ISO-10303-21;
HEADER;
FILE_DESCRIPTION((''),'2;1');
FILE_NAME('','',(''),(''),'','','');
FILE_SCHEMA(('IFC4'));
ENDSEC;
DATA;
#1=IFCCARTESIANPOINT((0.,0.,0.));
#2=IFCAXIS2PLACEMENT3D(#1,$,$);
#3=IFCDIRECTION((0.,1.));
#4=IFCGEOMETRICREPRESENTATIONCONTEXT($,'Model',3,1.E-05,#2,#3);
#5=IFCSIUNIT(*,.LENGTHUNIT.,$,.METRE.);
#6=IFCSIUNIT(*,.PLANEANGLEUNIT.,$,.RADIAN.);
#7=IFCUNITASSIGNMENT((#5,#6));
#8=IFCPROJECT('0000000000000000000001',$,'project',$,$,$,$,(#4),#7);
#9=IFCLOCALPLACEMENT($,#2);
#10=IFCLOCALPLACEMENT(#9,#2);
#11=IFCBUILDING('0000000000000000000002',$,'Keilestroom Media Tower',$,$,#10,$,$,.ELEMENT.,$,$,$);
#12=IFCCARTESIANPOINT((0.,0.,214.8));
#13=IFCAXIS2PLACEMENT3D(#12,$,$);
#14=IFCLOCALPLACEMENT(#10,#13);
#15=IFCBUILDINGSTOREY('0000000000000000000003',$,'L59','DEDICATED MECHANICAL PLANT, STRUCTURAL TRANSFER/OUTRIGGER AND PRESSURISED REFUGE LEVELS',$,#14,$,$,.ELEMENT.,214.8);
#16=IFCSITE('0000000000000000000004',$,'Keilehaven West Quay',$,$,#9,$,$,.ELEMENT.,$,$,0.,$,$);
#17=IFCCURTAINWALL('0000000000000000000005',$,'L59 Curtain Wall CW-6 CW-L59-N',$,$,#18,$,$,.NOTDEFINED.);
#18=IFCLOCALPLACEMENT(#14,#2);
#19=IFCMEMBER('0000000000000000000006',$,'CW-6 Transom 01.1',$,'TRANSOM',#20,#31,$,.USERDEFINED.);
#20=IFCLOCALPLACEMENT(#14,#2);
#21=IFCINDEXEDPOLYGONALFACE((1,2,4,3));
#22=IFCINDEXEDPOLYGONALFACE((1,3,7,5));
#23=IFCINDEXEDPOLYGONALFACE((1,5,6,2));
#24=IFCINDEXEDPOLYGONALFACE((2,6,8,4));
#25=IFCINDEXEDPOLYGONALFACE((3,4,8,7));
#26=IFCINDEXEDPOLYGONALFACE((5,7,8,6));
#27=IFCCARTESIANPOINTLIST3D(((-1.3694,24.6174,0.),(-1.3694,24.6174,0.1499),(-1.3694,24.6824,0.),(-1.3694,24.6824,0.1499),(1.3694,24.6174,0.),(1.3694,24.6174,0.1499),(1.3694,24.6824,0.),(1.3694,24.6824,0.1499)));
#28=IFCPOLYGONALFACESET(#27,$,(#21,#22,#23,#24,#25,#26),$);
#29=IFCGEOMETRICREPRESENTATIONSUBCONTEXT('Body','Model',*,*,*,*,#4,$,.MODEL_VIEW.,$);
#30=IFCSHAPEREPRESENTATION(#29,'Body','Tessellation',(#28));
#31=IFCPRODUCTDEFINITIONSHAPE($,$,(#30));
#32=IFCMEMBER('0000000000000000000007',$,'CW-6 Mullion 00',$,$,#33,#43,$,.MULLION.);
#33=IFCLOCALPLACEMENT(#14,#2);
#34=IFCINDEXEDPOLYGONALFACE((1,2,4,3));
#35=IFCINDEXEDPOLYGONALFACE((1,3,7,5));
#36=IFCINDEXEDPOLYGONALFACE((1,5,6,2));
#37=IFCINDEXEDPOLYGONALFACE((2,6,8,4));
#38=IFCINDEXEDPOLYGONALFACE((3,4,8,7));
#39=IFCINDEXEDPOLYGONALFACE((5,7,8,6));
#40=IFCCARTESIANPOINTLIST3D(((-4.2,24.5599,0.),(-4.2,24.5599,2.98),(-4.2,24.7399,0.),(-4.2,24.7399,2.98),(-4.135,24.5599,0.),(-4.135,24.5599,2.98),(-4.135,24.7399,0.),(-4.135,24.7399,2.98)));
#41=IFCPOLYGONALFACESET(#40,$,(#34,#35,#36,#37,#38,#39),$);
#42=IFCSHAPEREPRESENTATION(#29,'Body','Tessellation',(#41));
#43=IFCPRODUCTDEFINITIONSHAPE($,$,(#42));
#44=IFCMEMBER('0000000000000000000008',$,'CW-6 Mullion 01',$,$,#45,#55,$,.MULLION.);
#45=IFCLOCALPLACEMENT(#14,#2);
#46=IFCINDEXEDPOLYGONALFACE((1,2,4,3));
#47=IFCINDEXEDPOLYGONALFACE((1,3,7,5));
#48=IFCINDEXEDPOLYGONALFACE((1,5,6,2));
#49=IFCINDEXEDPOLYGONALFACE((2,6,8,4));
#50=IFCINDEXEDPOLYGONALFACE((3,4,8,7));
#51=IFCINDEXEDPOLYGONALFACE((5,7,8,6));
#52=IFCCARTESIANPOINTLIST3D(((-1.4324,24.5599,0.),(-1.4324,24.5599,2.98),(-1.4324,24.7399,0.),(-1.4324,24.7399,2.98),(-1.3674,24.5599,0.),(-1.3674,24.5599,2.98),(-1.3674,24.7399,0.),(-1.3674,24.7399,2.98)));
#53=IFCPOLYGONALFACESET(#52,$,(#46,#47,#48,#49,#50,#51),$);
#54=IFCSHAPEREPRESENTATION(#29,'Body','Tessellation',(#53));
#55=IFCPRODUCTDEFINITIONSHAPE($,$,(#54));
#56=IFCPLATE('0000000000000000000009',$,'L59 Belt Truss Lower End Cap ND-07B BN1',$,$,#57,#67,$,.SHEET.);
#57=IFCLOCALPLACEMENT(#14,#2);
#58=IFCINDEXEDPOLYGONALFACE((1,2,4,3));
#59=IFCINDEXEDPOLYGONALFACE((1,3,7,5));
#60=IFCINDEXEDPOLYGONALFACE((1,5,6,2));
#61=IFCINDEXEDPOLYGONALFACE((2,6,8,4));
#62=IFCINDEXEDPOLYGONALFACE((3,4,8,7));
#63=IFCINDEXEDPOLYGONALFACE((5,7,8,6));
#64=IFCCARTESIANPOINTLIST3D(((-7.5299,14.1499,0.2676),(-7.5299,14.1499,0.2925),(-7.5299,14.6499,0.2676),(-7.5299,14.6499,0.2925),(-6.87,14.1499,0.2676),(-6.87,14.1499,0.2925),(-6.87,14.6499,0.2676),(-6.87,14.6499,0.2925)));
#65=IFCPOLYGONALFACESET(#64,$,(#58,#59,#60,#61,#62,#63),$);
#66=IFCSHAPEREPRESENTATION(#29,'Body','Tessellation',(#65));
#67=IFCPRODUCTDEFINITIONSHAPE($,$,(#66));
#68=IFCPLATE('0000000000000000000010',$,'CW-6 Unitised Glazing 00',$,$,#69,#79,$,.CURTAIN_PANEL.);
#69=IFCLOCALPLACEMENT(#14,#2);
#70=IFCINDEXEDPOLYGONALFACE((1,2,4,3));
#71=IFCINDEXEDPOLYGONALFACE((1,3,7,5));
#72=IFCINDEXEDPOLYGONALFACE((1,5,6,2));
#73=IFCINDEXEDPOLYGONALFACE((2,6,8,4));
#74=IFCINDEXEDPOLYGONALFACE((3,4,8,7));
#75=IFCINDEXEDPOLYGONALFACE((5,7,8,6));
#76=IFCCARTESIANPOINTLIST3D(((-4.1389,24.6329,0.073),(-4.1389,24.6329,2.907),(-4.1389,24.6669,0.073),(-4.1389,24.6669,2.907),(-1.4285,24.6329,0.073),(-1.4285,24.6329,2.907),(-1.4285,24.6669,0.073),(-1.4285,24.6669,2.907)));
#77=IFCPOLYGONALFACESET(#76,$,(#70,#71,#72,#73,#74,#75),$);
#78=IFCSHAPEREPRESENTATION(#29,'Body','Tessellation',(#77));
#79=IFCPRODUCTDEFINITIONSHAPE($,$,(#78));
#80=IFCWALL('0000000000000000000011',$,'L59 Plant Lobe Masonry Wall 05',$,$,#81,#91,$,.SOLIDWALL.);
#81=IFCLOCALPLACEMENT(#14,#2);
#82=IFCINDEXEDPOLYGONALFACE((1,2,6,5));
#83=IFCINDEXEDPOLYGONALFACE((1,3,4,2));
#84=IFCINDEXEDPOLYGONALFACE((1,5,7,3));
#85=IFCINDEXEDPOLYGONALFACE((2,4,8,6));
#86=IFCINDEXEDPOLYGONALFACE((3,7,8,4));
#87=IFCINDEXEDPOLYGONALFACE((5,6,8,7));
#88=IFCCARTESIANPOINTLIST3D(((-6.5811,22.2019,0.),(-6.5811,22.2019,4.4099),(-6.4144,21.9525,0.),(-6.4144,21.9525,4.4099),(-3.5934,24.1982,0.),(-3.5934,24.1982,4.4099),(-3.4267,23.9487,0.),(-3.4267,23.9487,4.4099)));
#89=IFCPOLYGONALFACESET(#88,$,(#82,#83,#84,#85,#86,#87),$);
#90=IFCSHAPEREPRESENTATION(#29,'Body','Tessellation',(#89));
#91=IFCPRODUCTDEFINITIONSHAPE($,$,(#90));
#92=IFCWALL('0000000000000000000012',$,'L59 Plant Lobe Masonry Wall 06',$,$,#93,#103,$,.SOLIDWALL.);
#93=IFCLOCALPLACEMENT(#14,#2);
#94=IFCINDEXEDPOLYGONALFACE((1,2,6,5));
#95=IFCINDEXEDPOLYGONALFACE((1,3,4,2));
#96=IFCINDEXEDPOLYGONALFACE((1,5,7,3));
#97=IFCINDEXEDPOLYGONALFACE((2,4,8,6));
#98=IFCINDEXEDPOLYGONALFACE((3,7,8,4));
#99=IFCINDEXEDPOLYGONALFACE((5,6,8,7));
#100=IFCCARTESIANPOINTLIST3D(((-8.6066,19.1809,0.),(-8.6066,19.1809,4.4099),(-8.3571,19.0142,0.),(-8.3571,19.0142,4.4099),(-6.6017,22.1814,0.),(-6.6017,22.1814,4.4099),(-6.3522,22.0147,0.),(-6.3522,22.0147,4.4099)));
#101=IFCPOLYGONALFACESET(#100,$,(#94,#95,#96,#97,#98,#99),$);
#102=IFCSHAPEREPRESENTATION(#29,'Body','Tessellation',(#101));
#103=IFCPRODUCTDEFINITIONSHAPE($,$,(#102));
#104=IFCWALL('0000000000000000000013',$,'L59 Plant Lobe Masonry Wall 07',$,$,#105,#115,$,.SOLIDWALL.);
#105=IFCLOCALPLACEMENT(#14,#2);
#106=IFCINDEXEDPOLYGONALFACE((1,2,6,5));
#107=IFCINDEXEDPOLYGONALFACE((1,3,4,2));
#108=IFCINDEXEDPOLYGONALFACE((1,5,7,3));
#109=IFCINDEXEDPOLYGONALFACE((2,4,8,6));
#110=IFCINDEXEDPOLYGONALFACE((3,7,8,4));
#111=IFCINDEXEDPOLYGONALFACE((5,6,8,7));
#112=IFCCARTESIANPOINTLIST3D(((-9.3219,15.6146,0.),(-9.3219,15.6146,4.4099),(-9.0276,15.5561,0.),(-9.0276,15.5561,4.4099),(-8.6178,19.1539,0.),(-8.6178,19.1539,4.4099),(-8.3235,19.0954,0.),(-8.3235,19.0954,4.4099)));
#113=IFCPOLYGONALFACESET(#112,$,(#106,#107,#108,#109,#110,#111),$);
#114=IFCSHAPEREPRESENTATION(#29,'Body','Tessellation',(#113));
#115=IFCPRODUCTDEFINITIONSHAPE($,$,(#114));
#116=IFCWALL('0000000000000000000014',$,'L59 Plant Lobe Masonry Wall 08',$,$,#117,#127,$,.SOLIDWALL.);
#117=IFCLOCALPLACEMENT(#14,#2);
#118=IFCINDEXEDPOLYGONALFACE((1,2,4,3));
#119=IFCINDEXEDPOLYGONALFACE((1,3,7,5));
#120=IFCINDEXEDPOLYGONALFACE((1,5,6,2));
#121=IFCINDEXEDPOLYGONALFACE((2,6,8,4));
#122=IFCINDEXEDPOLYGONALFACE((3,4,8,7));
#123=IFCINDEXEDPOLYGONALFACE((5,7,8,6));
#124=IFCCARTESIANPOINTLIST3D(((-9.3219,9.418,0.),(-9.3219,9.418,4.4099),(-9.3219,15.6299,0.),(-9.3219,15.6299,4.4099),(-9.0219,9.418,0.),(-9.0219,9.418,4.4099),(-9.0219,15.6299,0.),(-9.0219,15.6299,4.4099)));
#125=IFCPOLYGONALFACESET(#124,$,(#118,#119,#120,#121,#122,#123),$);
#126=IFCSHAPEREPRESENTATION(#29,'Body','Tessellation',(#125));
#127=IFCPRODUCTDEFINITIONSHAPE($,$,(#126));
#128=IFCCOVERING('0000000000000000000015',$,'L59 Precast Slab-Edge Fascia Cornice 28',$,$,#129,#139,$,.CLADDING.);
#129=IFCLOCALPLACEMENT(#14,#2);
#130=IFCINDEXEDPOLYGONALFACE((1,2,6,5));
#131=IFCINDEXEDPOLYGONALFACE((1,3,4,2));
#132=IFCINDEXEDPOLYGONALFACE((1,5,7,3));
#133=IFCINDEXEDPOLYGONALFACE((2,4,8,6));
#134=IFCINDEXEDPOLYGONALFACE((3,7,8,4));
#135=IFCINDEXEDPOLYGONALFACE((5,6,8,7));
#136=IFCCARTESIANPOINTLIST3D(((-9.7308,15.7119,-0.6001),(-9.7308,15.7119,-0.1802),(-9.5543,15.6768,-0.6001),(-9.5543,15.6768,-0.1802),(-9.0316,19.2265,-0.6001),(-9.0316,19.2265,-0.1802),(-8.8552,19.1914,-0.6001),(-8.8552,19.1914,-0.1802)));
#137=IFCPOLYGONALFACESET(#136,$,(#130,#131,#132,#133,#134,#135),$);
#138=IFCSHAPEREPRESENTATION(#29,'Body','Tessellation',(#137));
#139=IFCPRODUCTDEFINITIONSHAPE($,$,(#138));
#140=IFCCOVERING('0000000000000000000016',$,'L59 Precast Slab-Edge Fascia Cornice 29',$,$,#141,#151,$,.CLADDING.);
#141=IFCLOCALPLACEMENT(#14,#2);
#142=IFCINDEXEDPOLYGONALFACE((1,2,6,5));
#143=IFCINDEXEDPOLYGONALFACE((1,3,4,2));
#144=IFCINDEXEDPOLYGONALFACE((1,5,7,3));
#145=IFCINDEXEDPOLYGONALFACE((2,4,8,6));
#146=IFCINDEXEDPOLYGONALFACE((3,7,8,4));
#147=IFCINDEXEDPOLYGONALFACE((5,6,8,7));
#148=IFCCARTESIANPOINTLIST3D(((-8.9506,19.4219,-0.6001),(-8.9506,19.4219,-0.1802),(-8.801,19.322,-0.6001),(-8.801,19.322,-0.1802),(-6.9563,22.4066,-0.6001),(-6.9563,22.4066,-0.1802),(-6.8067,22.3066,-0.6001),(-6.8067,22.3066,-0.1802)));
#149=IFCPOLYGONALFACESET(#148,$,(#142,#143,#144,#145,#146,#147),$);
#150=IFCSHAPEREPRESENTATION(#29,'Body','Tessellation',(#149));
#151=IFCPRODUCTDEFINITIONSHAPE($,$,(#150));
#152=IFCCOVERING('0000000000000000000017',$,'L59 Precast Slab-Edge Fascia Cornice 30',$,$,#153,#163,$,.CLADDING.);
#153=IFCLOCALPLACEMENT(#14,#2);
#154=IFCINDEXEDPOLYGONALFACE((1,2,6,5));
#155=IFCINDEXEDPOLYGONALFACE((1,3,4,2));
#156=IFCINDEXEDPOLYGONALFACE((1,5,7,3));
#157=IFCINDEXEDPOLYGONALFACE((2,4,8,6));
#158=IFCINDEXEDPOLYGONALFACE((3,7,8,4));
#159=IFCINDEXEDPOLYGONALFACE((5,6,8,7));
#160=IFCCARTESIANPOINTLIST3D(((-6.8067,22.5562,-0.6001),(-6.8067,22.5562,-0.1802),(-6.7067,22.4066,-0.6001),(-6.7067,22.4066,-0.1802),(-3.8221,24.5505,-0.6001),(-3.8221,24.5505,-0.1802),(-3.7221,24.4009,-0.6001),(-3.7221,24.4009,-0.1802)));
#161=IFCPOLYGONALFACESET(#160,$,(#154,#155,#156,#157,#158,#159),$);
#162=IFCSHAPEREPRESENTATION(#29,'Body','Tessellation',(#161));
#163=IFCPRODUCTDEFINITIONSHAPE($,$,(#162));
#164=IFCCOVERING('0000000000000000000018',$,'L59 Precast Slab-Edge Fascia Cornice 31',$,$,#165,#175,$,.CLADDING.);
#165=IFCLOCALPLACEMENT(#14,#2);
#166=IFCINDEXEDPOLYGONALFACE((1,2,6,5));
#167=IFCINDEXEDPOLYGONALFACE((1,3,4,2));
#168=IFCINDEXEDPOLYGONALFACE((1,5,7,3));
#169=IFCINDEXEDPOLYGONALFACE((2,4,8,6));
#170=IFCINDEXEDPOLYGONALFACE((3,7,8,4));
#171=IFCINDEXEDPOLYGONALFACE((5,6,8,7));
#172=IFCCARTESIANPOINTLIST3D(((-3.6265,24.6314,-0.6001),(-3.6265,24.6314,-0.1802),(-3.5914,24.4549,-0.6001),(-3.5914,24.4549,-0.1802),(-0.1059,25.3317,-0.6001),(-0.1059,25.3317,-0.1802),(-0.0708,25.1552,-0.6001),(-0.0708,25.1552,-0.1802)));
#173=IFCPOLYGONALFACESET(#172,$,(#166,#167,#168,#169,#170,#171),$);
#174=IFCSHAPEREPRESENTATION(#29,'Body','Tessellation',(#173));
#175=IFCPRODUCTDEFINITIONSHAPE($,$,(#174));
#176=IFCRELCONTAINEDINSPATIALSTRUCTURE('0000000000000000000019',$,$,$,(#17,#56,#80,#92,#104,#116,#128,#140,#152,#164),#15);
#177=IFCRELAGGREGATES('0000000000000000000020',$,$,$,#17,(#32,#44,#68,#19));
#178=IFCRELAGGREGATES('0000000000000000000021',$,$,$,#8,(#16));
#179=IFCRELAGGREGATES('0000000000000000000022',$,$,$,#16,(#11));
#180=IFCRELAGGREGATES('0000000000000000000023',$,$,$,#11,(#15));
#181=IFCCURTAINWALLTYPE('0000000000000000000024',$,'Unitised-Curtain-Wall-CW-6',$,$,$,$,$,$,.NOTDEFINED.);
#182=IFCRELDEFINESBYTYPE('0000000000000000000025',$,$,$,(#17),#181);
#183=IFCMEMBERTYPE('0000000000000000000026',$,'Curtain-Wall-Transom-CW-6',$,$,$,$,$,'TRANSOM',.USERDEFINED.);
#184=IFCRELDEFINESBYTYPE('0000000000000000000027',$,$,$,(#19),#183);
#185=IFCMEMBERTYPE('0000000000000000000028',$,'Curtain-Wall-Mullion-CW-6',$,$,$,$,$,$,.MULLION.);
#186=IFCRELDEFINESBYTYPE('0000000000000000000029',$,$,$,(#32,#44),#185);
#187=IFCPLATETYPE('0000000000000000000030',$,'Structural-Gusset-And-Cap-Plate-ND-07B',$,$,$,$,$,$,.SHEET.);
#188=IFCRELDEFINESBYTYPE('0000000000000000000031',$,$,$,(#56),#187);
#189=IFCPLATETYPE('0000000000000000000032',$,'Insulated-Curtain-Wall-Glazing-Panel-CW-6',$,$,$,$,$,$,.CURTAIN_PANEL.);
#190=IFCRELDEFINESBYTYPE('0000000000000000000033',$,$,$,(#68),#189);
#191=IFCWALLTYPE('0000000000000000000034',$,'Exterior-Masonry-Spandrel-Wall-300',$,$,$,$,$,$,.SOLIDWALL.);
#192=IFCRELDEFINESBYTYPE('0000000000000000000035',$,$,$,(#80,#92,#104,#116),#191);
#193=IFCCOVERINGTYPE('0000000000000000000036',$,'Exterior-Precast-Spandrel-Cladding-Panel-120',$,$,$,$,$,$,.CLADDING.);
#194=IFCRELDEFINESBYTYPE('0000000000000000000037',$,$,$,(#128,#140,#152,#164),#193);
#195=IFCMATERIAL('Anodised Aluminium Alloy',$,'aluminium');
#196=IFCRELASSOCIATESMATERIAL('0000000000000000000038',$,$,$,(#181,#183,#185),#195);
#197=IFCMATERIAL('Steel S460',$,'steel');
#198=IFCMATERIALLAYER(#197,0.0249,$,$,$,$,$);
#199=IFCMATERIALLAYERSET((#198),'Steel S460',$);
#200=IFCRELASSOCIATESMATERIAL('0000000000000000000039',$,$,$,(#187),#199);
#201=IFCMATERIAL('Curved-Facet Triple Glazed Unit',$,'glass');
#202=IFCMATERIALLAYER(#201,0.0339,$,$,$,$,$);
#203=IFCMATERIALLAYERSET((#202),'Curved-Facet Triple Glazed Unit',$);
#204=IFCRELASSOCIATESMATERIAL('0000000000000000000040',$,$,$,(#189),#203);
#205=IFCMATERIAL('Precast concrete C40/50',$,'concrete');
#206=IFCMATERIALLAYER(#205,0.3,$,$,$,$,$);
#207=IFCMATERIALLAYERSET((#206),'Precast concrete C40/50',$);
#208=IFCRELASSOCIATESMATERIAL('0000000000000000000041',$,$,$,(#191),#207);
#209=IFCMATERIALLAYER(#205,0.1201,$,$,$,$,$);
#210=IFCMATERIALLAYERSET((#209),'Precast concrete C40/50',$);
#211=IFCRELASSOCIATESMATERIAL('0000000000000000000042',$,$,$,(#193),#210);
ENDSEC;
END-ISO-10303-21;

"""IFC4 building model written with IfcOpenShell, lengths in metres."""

from ifc_helpers import new_model, si_unit, direction, frame, frame_2d, origin, origin_2d, place, context, subcontext, project, spatial, rectangle, extrude, source, transform, mapped, material, layer, layer_set, material_profile, profile_set, type_object, element, aggregate, save


model = new_model("IFC4")

# Units and contexts
model_context = context("Model", 3, precision=1e-05, world=origin(), true_north=direction((0.0, 1.0)))
body_context = subcontext(model_context, "Body", "Model", "MODEL_VIEW")
ifc_project = project(units=[si_unit("LENGTHUNIT", "METRE"), si_unit("PLANEANGLEUNIT", "RADIAN")], contexts=[model_context])

# Site, building, storey
site_placement = place(None, origin())
site = spatial("IfcSite", under=ifc_project, at=site_placement, Name="Keilehaven West Quay", CompositionType="ELEMENT", RefElevation=0.0)
building_placement = place(site_placement, origin())
building = spatial("IfcBuilding", under=site, at=building_placement, Name="Keilestroom Media Tower", CompositionType="ELEMENT")
storey_placement = place(building_placement, frame((0.0, 0.0, 214.8)))
storey = spatial("IfcBuildingStorey", under=building, at=storey_placement, Name="L59", Description="DEDICATED MECHANICAL PLANT, STRUCTURAL TRANSFER/OUTRIGGER AND PRESSURISED REFUGE LEVELS", CompositionType="ELEMENT", Elevation=214.8)

# Shared definitions
ifc_material_1 = material(Name="Steel S460", Category="steel")

# Curtain wall, members
ifc_material_2 = material(Name="Anodised Aluminium Alloy", Category="aluminium")
curtain_wall_type = type_object("IfcCurtainWallType", Name="Unitised-Curtain-Wall-CW-6", PredefinedType="NOTDEFINED", material=ifc_material_2)
curtain_wall_placement = place(storey_placement, origin())
curtain_wall = element("IfcCurtainWall", 1, at=curtain_wall_placement, inside=storey, type_object=curtain_wall_type, Name="L59 Curtain Wall CW-6 CW-L59-N", PredefinedType="NOTDEFINED")
ifc_material_profile_1 = material_profile(ifc_material_2, rectangle(XDim=0.0649, YDim=0.1499, at=origin_2d()), Name="ALU TRANSOM 65x150")
ifc_profile_set_1 = profile_set([ifc_material_profile_1], Name="Anodised Aluminium Alloy")
member_type_1 = type_object("IfcMemberType", Name="Curtain-Wall-Transom-CW-6", ElementType="TRANSOM", PredefinedType="USERDEFINED", material=ifc_profile_set_1)
shared_shape_1 = source(origin(), body_context, "Body", "SweptSolid", [
    extrude(rectangle(XDim=0.0649, YDim=0.1499, at=origin_2d()), origin(), (0.0, 0.0, 1.0), 2.7388),
])
member_1_placement = place(storey_placement, frame((-1.3694, 24.6499, 0.075), z_axis=(1.0, 0.0, 0.0), x_axis=(0.0, 1.0, 0.0)))
member_1 = element("IfcMember", 2, at=member_1_placement, type_object=member_type_1, Name="CW-6 Transom 01.1", ObjectType="TRANSOM", PredefinedType="USERDEFINED", context=body_context, shape_type="MappedRepresentation", body=[
    mapped(shared_shape_1, transform((0.0, 0.0, 0.0), x_axis=(1.0, 0.0, 0.0), y_axis=(0.0, 1.0, 0.0), z_axis=(0.0, 0.0, 1.0), scale=1.0)),
])
ifc_material_profile_2 = material_profile(ifc_material_2, rectangle(XDim=0.0649, YDim=0.1799, at=origin_2d()), Name="ALU MULLION 65x180")
ifc_profile_set_2 = profile_set([ifc_material_profile_2], Name="Anodised Aluminium Alloy")
member_type_2 = type_object("IfcMemberType", Name="Curtain-Wall-Mullion-CW-6", PredefinedType="MULLION", material=ifc_profile_set_2)
shared_shape_2 = source(origin(), body_context, "Body", "SweptSolid", [
    extrude(rectangle(XDim=0.0649, YDim=0.1799, at=origin_2d()), origin(), (0.0, 0.0, 1.0), 2.98),
])
member_2_placement = place(storey_placement, frame((-4.1675, 24.6499, 0.0), z_axis=(0.0, 0.0, 1.0), x_axis=(1.0, 0.0, 0.0)))
member_2 = element("IfcMember", 3, at=member_2_placement, type_object=member_type_2, Name="CW-6 Mullion 00", PredefinedType="MULLION", context=body_context, shape_type="MappedRepresentation", body=[
    mapped(shared_shape_2, transform((0.0, 0.0, 0.0), x_axis=(1.0, 0.0, 0.0), y_axis=(0.0, 1.0, 0.0), z_axis=(0.0, 0.0, 1.0), scale=1.0)),
])
member_3_placement = place(storey_placement, frame((-1.3999, 24.6499, 0.0), z_axis=(0.0, 0.0, 1.0), x_axis=(1.0, 0.0, 0.0)))
member_3 = element("IfcMember", 4, at=member_3_placement, type_object=member_type_2, Name="CW-6 Mullion 01", PredefinedType="MULLION", context=body_context, shape_type="MappedRepresentation", body=[
    mapped(shared_shape_2, transform((0.0, 0.0, 0.0), x_axis=(1.0, 0.0, 0.0), y_axis=(0.0, 1.0, 0.0), z_axis=(0.0, 0.0, 1.0), scale=1.0)),
])

# Plates
ifc_layer_1 = layer(ifc_material_1, 0.0249)
ifc_layer_set_1 = layer_set([ifc_layer_1], Name="Steel S460")
plate_type_1 = type_object("IfcPlateType", Name="Structural-Gusset-And-Cap-Plate-ND-07B", PredefinedType="SHEET", material=ifc_layer_set_1)
shared_shape_3 = source(origin(), body_context, "Body", "SweptSolid", [
    extrude(rectangle(XDim=0.6599, YDim=0.5, at=origin_2d()), origin(), (0.0, 0.0, 1.0), 0.0249),
])
plate_1_placement = place(storey_placement, frame((-7.2, 14.3999, 0.2676), z_axis=(0.0, 0.0, 1.0), x_axis=(1.0, 0.0, 0.0)))
element("IfcPlate", 5, at=plate_1_placement, inside=storey, type_object=plate_type_1, Name="L59 Belt Truss Lower End Cap ND-07B BN1", PredefinedType="SHEET", context=body_context, shape_type="MappedRepresentation", body=[
    mapped(shared_shape_3, transform((0.0, 0.0, 0.0), x_axis=(1.0, 0.0, 0.0), y_axis=(0.0, 1.0, 0.0), z_axis=(0.0, 0.0, 1.0), scale=1.0)),
])
ifc_material_3 = material(Name="Curved-Facet Triple Glazed Unit", Category="glass")
ifc_layer_2 = layer(ifc_material_3, 0.0339)
ifc_layer_set_2 = layer_set([ifc_layer_2], Name="Curved-Facet Triple Glazed Unit")
plate_type_2 = type_object("IfcPlateType", Name="Insulated-Curtain-Wall-Glazing-Panel-CW-6", PredefinedType="CURTAIN_PANEL", material=ifc_layer_set_2)
shared_shape_4 = source(origin(), body_context, "Body", "SweptSolid", [
    extrude(rectangle(XDim=2.7104, YDim=0.0339, at=origin_2d()), origin(), (0.0, 0.0, 1.0), 2.834),
])
plate_2_placement = place(storey_placement, frame((-2.7837, 24.6499, 0.073), z_axis=(0.0, 0.0, 1.0), x_axis=(1.0, 0.0, 0.0)))
plate_2 = element("IfcPlate", 6, at=plate_2_placement, type_object=plate_type_2, Name="CW-6 Unitised Glazing 00", PredefinedType="CURTAIN_PANEL", context=body_context, shape_type="MappedRepresentation", body=[
    mapped(shared_shape_4, transform((0.0, 0.0, 0.0), x_axis=(1.0, 0.0, 0.0), y_axis=(0.0, 1.0, 0.0), z_axis=(0.0, 0.0, 1.0), scale=1.0)),
])
aggregate(curtain_wall, [member_2, member_3, plate_2, member_1])

# Walls
ifc_material_4 = material(Name="Precast concrete C40/50", Category="concrete")
ifc_layer_3 = layer(ifc_material_4, 0.3)
ifc_layer_set_3 = layer_set([ifc_layer_3], Name="Precast concrete C40/50")
wall_type = type_object("IfcWallType", Name="Exterior-Masonry-Spandrel-Wall-300", PredefinedType="SOLIDWALL", material=ifc_layer_set_3)
wall_1_placement = place(storey_placement, frame((-3.51, 24.0735, 0.0), z_axis=(0.0, 0.0, 1.0), x_axis=(-0.831475, -0.555562, 0.0)))
element("IfcWall", 7, at=wall_1_placement, inside=storey, type_object=wall_type, Name="L59 Plant Lobe Masonry Wall 05", PredefinedType="SOLIDWALL", context=body_context, shape_type="SweptSolid", body=[
    extrude(rectangle(XDim=3.5933, YDim=0.3, at=frame_2d((1.7966, 0.0))), origin(), (0.0, 0.0, 1.0), 4.4099),
])
for number, where, z_axis, x_axis, name in (
    (8, (-6.4771, 22.0979, 0.0), (0.0, 0.0, 1.0), (-0.555574, -0.831467, 0.0), "L59 Plant Lobe Masonry Wall 06"),
    (9, (-8.4707, 19.1245, 0.0), (0.0, 0.0, 1.0), (-0.195114, -0.980781, 0.0), "L59 Plant Lobe Masonry Wall 07"),
):
    element("IfcWall", number, at=place(storey_placement, frame(where, z_axis=z_axis, x_axis=x_axis)), inside=storey, type_object=wall_type, Name=name, PredefinedType="SOLIDWALL", context=body_context, shape_type="SweptSolid", body=[
        extrude(rectangle(XDim=3.6086, YDim=0.3, at=frame_2d((1.8042, 0.0))), origin(), (0.0, 0.0, 1.0), 4.4099),
    ])
wall_2_placement = place(storey_placement, frame((-9.1719, 15.6299, 0.0), z_axis=(0.0, 0.0, 1.0), x_axis=(0.0, -1.0, 0.0)))
element("IfcWall", 10, at=wall_2_placement, inside=storey, type_object=wall_type, Name="L59 Plant Lobe Masonry Wall 08", PredefinedType="SOLIDWALL", context=body_context, shape_type="SweptSolid", body=[
    extrude(rectangle(XDim=6.2119, YDim=0.3, at=frame_2d((3.106, 0.0))), origin(), (0.0, 0.0, 1.0), 4.4099),
])

# Coverings
ifc_layer_4 = layer(ifc_material_4, 0.1201)
ifc_layer_set_4 = layer_set([ifc_layer_4], Name="Precast concrete C40/50")
covering_type = type_object("IfcCoveringType", Name="Exterior-Precast-Spandrel-Cladding-Panel-120", PredefinedType="CLADDING", material=ifc_layer_set_4)
shared_shape_5 = source(origin(), body_context, "Body", "SweptSolid", [
    extrude(rectangle(XDim=3.5835, YDim=0.1799, at=origin_2d()), origin(), (0.0, 0.0, 1.0), 0.4199),
])
covering_placement = place(storey_placement, frame((-9.293, 17.4517, -0.6001), z_axis=(0.0, 0.0, 1.0), x_axis=(0.195099, 0.980784, 0.0)))
element("IfcCovering", 11, at=covering_placement, inside=storey, type_object=covering_type, Name="L59 Precast Slab-Edge Fascia Cornice 28", PredefinedType="CLADDING", context=body_context, shape_type="MappedRepresentation", body=[
    mapped(shared_shape_5, transform((0.0, 0.0, 0.0), x_axis=(1.0, 0.0, 0.0), y_axis=(0.0, 1.0, 0.0), z_axis=(0.0, 0.0, 1.0), scale=1.0)),
])
shared_shape_6 = source(origin(), body_context, "Body", "SweptSolid", [
    extrude(rectangle(XDim=3.5896, YDim=0.1799, at=origin_2d()), origin(), (0.0, 0.0, 1.0), 0.4199),
])
for number, where, z_axis, x_axis, name in (
    (12, (-7.8787, 20.8643, -0.6001), (0.0, 0.0, 1.0), (0.555575, 0.831467, 0.0), "L59 Precast Slab-Edge Fascia Cornice 29"),
    (13, (-5.2644, 23.4785, -0.6001), (0.0, 0.0, 1.0), (0.831467, 0.555575, 0.0), "L59 Precast Slab-Edge Fascia Cornice 30"),
    (14, (-1.8486, 24.8933, -0.6001), (0.0, 0.0, 1.0), (0.980784, 0.195099, 0.0), "L59 Precast Slab-Edge Fascia Cornice 31"),
):
    element("IfcCovering", number, at=place(storey_placement, frame(where, z_axis=z_axis, x_axis=x_axis)), inside=storey, type_object=covering_type, Name=name, PredefinedType="CLADDING", context=body_context, shape_type="MappedRepresentation", body=[
        mapped(shared_shape_6, transform((0.0, 0.0, 0.0), x_axis=(1.0, 0.0, 0.0), y_axis=(0.0, 1.0, 0.0), z_axis=(0.0, 0.0, 1.0), scale=1.0)),
    ])

save(model, "model.ifc")
